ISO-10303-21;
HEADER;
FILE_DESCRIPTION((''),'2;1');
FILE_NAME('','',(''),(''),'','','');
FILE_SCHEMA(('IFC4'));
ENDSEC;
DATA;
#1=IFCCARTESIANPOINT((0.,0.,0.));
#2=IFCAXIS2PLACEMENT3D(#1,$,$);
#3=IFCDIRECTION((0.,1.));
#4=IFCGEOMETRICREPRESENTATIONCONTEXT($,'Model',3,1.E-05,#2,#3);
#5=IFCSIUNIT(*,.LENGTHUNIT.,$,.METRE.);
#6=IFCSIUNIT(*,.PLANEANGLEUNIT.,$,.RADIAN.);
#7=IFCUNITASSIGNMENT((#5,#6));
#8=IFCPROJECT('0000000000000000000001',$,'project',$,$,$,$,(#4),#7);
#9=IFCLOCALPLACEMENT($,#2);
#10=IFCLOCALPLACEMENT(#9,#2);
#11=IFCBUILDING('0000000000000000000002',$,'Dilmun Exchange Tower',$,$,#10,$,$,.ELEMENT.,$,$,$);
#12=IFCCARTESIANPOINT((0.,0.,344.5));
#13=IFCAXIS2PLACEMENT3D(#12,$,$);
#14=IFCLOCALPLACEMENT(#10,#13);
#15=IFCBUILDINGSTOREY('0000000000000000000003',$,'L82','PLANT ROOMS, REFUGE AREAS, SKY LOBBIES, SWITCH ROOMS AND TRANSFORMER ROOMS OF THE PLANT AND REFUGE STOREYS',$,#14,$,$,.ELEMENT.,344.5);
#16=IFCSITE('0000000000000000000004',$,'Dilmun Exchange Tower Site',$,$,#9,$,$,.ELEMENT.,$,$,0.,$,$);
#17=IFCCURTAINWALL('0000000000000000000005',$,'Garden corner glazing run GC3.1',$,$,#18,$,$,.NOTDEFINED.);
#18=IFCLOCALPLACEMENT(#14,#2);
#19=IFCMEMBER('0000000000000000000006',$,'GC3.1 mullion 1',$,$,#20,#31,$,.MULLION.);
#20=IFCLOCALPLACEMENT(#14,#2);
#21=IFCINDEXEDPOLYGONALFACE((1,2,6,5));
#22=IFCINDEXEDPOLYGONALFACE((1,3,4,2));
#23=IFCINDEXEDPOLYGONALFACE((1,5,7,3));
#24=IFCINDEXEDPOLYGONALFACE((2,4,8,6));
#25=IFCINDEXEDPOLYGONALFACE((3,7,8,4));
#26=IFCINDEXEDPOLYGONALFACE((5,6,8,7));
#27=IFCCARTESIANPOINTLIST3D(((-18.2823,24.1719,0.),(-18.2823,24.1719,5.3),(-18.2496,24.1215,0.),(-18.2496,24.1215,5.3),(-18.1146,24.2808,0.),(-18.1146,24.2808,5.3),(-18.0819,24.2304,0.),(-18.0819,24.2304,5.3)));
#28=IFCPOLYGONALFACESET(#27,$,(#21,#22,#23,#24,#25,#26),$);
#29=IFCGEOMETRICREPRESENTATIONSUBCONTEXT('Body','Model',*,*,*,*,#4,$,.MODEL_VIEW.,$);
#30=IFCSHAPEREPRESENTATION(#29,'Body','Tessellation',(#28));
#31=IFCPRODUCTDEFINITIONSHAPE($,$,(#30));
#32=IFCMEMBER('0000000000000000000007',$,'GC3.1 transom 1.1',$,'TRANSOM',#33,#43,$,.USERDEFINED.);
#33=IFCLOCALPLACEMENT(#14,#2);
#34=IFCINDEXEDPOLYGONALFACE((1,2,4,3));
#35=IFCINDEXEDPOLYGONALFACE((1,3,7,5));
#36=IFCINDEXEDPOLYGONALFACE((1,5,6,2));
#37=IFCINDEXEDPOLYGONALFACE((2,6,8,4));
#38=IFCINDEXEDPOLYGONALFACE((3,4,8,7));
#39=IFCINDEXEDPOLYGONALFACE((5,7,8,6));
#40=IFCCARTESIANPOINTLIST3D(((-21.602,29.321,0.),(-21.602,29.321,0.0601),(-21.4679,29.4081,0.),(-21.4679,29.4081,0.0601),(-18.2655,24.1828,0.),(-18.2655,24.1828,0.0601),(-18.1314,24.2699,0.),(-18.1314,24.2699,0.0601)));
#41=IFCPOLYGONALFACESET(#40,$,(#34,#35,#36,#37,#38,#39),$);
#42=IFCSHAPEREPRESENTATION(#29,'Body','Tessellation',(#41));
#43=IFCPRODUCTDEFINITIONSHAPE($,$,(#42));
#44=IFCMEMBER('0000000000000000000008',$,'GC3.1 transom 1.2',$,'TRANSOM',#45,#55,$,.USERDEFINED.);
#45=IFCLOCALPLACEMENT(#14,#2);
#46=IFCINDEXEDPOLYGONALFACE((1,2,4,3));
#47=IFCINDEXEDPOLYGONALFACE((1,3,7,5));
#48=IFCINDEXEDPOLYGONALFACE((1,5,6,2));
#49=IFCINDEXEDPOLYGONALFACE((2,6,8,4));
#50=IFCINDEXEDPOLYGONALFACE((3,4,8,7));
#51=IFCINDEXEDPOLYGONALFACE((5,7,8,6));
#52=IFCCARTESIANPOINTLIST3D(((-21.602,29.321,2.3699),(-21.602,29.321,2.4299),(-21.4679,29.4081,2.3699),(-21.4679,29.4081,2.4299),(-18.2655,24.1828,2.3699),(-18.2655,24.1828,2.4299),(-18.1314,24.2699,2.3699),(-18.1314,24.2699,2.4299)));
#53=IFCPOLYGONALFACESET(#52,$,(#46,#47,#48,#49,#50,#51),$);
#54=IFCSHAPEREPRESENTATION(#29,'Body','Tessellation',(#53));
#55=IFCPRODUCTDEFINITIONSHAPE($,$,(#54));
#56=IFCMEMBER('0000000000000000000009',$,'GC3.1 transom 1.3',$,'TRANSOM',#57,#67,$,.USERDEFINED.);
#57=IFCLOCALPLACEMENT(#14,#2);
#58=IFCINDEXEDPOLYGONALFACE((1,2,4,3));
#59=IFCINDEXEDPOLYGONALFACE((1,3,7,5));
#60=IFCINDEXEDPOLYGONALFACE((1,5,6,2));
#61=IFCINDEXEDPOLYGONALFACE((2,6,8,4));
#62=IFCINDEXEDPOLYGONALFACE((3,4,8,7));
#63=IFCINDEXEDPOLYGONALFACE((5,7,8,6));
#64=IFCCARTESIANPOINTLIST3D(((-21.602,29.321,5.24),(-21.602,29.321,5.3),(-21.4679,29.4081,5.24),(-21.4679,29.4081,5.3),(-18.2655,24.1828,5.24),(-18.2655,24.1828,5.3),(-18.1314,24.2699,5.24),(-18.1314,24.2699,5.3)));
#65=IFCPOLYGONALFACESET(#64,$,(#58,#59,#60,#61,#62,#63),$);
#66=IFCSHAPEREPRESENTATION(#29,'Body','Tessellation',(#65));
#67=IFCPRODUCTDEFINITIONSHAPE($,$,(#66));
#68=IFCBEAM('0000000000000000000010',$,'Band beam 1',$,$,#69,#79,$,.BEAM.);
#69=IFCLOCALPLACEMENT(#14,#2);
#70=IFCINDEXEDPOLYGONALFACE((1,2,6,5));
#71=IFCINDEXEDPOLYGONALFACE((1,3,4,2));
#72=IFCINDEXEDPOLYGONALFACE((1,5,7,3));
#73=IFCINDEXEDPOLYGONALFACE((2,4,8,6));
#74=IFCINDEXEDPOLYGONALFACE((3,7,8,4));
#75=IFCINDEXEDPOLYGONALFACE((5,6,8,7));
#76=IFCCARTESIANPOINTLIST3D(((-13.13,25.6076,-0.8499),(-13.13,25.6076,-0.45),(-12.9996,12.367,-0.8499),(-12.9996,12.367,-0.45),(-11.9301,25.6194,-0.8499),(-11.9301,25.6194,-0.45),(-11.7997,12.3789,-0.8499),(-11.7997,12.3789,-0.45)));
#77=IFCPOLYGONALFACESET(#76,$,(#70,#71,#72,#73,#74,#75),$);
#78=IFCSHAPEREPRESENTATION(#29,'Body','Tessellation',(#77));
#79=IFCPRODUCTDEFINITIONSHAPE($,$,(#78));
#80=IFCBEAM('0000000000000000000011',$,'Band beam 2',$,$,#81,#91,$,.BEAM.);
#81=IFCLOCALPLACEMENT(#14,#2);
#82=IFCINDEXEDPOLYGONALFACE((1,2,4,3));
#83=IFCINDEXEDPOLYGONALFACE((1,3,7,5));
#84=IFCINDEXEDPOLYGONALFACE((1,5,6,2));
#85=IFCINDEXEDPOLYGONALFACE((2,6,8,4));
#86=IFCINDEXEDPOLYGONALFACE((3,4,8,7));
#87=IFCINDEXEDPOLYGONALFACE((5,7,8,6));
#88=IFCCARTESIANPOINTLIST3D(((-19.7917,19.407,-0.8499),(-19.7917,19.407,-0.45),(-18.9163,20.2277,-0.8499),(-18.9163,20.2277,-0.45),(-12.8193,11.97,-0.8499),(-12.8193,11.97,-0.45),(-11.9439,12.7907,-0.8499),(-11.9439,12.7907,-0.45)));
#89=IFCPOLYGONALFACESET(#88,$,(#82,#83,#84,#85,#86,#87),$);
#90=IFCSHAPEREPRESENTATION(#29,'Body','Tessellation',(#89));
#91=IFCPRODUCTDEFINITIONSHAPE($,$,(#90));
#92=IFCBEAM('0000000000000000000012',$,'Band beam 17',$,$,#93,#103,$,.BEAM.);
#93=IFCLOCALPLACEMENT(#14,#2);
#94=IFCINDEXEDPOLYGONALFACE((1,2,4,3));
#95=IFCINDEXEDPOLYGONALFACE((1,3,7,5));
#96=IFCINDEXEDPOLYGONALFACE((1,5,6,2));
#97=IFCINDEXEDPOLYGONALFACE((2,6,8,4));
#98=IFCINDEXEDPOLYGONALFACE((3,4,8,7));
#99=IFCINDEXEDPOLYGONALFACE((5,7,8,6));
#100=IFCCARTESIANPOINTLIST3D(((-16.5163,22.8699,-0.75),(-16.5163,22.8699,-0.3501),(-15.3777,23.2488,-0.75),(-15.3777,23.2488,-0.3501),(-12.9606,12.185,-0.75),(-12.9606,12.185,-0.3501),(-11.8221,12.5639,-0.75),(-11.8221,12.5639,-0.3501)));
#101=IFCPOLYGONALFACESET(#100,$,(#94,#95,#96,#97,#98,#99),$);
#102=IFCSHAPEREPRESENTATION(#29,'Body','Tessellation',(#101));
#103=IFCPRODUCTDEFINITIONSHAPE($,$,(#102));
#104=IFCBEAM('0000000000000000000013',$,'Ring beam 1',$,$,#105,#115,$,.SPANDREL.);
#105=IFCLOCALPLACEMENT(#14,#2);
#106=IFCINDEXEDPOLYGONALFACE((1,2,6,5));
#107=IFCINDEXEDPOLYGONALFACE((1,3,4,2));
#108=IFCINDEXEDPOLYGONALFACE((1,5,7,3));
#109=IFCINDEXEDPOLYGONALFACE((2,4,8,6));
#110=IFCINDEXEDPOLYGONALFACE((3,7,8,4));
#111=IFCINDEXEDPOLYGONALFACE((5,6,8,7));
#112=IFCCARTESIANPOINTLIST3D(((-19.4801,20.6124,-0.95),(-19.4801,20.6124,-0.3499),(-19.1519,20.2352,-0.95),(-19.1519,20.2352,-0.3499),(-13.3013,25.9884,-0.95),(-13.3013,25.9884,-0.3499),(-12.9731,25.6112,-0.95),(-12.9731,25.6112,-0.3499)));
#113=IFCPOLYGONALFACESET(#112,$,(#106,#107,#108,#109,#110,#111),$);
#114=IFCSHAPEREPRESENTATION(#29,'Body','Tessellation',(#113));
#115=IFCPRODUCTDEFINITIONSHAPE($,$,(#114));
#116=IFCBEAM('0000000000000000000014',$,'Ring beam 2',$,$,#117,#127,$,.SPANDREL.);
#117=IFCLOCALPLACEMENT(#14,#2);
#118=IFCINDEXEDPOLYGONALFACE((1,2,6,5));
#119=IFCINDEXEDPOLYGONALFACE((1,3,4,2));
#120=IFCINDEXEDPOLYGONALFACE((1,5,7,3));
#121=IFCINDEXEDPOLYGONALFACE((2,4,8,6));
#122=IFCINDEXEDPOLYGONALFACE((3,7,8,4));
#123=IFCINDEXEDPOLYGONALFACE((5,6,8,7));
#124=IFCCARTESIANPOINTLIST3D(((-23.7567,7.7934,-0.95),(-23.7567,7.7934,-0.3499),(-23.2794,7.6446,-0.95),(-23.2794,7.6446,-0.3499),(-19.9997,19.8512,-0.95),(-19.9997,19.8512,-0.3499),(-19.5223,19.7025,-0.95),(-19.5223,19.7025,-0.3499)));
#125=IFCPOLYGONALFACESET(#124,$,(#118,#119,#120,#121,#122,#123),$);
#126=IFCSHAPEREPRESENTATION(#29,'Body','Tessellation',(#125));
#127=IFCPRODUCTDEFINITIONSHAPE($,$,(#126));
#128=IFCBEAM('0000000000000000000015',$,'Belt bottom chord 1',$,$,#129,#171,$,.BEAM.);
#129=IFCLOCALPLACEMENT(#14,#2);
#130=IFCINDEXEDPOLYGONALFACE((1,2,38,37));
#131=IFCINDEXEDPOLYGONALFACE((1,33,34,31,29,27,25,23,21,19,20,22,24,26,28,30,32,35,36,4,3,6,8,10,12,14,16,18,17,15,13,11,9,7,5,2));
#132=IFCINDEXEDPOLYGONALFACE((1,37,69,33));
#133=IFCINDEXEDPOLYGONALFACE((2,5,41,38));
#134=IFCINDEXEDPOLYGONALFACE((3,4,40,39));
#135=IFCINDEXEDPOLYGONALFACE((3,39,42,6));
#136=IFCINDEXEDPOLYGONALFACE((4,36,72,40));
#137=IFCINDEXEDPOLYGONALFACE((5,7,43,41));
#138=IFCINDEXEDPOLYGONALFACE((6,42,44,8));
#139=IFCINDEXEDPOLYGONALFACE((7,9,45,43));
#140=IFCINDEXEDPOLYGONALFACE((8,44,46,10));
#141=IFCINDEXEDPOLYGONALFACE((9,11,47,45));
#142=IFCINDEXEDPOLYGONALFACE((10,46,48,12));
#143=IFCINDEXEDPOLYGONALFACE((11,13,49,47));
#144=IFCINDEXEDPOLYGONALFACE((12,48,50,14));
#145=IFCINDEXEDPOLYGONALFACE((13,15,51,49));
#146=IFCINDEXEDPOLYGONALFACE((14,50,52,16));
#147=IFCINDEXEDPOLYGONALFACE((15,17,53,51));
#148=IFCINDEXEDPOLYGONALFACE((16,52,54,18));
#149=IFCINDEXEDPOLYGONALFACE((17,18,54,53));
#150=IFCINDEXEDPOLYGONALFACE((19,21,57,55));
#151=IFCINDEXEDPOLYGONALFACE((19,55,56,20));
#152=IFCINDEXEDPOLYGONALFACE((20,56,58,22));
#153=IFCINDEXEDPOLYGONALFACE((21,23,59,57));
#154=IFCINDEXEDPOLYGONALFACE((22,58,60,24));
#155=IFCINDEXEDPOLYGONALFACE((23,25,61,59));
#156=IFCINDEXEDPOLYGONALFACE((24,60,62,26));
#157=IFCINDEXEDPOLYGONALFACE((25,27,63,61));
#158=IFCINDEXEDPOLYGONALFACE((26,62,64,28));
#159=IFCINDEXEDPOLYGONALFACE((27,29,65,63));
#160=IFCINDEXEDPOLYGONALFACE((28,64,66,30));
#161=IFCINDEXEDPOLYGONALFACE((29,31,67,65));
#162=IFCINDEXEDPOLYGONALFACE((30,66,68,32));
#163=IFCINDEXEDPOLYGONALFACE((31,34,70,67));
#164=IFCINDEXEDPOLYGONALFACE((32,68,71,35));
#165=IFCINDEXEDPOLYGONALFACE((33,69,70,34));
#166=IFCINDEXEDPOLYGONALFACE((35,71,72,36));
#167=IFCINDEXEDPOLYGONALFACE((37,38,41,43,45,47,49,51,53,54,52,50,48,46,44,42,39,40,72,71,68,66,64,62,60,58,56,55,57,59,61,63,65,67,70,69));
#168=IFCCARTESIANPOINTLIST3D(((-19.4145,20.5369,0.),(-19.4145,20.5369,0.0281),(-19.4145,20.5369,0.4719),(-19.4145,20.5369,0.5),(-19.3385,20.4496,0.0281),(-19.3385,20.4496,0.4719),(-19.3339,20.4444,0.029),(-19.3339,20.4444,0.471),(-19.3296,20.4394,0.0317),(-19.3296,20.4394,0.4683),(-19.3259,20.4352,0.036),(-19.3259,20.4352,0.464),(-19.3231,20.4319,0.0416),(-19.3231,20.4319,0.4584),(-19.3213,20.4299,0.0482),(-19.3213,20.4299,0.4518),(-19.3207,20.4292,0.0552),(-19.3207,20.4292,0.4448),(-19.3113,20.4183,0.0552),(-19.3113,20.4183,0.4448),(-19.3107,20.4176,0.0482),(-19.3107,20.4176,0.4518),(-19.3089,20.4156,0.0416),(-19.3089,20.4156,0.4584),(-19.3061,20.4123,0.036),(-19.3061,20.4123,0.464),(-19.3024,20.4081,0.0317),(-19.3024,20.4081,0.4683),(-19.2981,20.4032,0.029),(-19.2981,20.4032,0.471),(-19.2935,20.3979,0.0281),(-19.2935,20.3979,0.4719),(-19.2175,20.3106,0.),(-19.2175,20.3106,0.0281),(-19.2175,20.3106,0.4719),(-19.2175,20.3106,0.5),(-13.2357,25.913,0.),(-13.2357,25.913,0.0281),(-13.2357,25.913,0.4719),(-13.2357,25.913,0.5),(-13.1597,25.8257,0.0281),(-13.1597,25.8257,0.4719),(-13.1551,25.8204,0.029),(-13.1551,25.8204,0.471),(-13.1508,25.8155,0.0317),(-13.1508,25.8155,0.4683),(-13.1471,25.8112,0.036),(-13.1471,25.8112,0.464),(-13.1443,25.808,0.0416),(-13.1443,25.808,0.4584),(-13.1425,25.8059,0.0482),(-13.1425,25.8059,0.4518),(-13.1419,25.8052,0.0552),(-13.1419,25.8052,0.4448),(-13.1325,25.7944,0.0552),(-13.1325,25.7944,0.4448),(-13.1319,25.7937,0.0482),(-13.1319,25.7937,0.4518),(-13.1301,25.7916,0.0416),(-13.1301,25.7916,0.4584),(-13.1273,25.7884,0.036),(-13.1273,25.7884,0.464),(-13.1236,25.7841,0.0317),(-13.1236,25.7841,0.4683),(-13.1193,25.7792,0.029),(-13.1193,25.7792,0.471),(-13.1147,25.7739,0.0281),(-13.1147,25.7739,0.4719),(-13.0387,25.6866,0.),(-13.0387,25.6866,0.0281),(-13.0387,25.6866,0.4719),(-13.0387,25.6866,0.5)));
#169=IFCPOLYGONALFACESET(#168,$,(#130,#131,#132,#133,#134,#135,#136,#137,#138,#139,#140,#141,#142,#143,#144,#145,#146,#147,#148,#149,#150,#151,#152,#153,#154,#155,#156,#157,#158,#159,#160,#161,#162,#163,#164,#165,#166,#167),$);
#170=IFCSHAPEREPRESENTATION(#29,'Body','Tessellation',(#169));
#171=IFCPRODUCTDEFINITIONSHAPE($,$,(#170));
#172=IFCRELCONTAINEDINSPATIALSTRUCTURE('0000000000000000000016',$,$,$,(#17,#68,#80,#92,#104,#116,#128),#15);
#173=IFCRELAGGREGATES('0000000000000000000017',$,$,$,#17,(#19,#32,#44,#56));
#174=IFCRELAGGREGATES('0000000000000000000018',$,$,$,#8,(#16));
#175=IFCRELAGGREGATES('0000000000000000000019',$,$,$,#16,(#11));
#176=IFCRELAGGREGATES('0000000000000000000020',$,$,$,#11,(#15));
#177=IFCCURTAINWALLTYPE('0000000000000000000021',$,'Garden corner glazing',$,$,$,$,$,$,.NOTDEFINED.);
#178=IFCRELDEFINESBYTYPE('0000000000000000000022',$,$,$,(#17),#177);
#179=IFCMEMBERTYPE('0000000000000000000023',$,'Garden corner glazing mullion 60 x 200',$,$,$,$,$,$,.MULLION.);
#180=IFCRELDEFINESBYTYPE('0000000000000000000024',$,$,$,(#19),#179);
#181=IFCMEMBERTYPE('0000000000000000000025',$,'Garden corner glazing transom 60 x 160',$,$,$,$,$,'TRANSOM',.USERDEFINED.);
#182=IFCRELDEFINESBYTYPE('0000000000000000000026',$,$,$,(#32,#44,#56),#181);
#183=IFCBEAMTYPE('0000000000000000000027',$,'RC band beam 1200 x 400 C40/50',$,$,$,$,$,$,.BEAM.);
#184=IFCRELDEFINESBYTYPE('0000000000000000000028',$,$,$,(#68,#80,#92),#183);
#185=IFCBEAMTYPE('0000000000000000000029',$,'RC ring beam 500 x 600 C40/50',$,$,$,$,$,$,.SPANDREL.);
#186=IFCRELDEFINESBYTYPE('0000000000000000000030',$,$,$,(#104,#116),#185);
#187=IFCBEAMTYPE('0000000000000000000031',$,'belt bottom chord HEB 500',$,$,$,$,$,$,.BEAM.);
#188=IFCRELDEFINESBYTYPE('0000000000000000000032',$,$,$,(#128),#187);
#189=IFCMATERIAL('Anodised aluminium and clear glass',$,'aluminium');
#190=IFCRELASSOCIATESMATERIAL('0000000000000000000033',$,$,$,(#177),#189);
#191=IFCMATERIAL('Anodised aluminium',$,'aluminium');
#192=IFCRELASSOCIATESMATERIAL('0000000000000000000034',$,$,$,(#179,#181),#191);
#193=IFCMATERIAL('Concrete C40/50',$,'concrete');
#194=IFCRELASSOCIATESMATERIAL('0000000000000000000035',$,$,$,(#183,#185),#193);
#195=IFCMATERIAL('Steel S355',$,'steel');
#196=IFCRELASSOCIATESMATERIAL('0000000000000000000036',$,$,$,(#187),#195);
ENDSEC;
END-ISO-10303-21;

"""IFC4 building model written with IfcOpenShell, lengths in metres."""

from ifc_helpers import new_model, si_unit, direction, frame, origin, origin_2d, place, context, subcontext, project, spatial, rectangle, i_section, extrude, material, material_profile, profile_set, type_object, element, aggregate, save


model = new_model("IFC4")

# Units and contexts
model_context = context("Model", 3, precision=1e-05, world=origin(), true_north=direction((0.0, 1.0)))
body_context = subcontext(model_context, "Body", "Model", "MODEL_VIEW")
ifc_project = project(units=[si_unit("LENGTHUNIT", "METRE"), si_unit("PLANEANGLEUNIT", "RADIAN")], contexts=[model_context])

# Site, building, storey
site_placement = place(None, origin())
site = spatial("IfcSite", under=ifc_project, at=site_placement, Name="Dilmun Exchange Tower Site", CompositionType="ELEMENT", RefElevation=0.0)
building_placement = place(site_placement, origin())
building = spatial("IfcBuilding", under=site, at=building_placement, Name="Dilmun Exchange Tower", CompositionType="ELEMENT")
storey_placement = place(building_placement, frame((0.0, 0.0, 344.5)))
storey = spatial("IfcBuildingStorey", under=building, at=storey_placement, Name="L82", Description="PLANT ROOMS, REFUGE AREAS, SKY LOBBIES, SWITCH ROOMS AND TRANSFORMER ROOMS OF THE PLANT AND REFUGE STOREYS", CompositionType="ELEMENT", Elevation=344.5)

# Curtain wall, members
ifc_material_1 = material(Name="Anodised aluminium and clear glass", Category="aluminium")
curtain_wall_type = type_object("IfcCurtainWallType", Name="Garden corner glazing", PredefinedType="NOTDEFINED", material=ifc_material_1)
curtain_wall_placement = place(storey_placement, origin())
curtain_wall = element("IfcCurtainWall", 1, at=curtain_wall_placement, inside=storey, type_object=curtain_wall_type, Name="Garden corner glazing run GC3.1", PredefinedType="NOTDEFINED")
ifc_material_2 = material(Name="Anodised aluminium", Category="aluminium")
ifc_material_profile_1 = material_profile(ifc_material_2, rectangle(XDim=0.2, YDim=0.0601, at=origin_2d()), Name="AL 60x200")
ifc_profile_set_1 = profile_set([ifc_material_profile_1], Name="Anodised aluminium")
member_type_1 = type_object("IfcMemberType", Name="Garden corner glazing mullion 60 x 200", PredefinedType="MULLION", material=ifc_profile_set_1)
member_1_placement = place(storey_placement, frame((-18.1821, 24.2012, 0.0), z_axis=(0.0, 0.0, 1.0), x_axis=(-0.838674, -0.544633, 0.0)))
member_1 = element("IfcMember", 2, at=member_1_placement, type_object=member_type_1, Name="GC3.1 mullion 1", PredefinedType="MULLION", context=body_context, shape_type="SweptSolid", body=[
    extrude(rectangle(XDim=0.2, YDim=0.0601, at=origin_2d()), origin(), (0.0, 0.0, 1.0), 5.3),
])
ifc_material_profile_2 = material_profile(ifc_material_2, rectangle(XDim=0.1599, YDim=0.0601, at=origin_2d()), Name="AL 60x160")
ifc_profile_set_2 = profile_set([ifc_material_profile_2], Name="Anodised aluminium")
member_type_2 = type_object("IfcMemberType", Name="Garden corner glazing transom 60 x 160", ElementType="TRANSOM", PredefinedType="USERDEFINED", material=ifc_profile_set_2)
member_2_placement = place(storey_placement, frame((-18.1985, 24.2263, 0.03), z_axis=(-0.544599, 0.838697, 0.0), x_axis=(-0.838697, -0.544599, 0.0)))
member_2 = element("IfcMember", 3, at=member_2_placement, type_object=member_type_2, Name="GC3.1 transom 1.1", ObjectType="TRANSOM", PredefinedType="USERDEFINED", context=body_context, shape_type="SweptSolid", body=[
    extrude(rectangle(XDim=0.1599, YDim=0.0601, at=origin_2d()), origin(), (0.0, 0.0, 1.0), 6.1265),
])
member_3_placement = place(storey_placement, frame((-18.1985, 24.2263, 2.3999), z_axis=(-0.544599, 0.838697, 0.0), x_axis=(-0.838697, -0.544599, 0.0)))
member_3 = element("IfcMember", 4, at=member_3_placement, type_object=member_type_2, Name="GC3.1 transom 1.2", ObjectType="TRANSOM", PredefinedType="USERDEFINED", context=body_context, shape_type="SweptSolid", body=[
    extrude(rectangle(XDim=0.1599, YDim=0.0601, at=origin_2d()), origin(), (0.0, 0.0, 1.0), 6.1265),
])
member_4_placement = place(storey_placement, frame((-18.1985, 24.2263, 5.27), z_axis=(-0.544599, 0.838697, 0.0), x_axis=(-0.838697, -0.544599, 0.0)))
member_4 = element("IfcMember", 5, at=member_4_placement, type_object=member_type_2, Name="GC3.1 transom 1.3", ObjectType="TRANSOM", PredefinedType="USERDEFINED", context=body_context, shape_type="SweptSolid", body=[
    extrude(rectangle(XDim=0.1599, YDim=0.0601, at=origin_2d()), origin(), (0.0, 0.0, 1.0), 6.1265),
])
aggregate(curtain_wall, [member_1, member_2, member_3, member_4])

# Beams
ifc_material_3 = material(Name="Concrete C40/50", Category="concrete")
ifc_material_profile_3 = material_profile(ifc_material_3, rectangle(XDim=1.2, YDim=0.3999, at=origin_2d()), Name="1200 x 400")
ifc_profile_set_3 = profile_set([ifc_material_profile_3], Name="Concrete C40/50")
beam_type_1 = type_object("IfcBeamType", Name="RC band beam 1200 x 400 C40/50", PredefinedType="BEAM", material=ifc_profile_set_3)
beam_1_placement = place(storey_placement, frame((-12.53, 25.6135, -0.6499), z_axis=(0.009846, -0.999952, 0.0), x_axis=(0.999952, 0.009846, 0.0)))
element("IfcBeam", 6, at=beam_1_placement, inside=storey, type_object=beam_type_1, Name="Band beam 1", PredefinedType="BEAM", context=body_context, shape_type="SweptSolid", body=[
    extrude(rectangle(XDim=1.2, YDim=0.3999, at=origin_2d()), origin(), (0.0, 0.0, 1.0), 13.2412),
])
beam_2_placement = place(storey_placement, frame((-19.354, 19.8174, -0.6499), z_axis=(0.683952, -0.729527, 0.0), x_axis=(0.729527, 0.683952, 0.0)))
element("IfcBeam", 7, at=beam_2_placement, inside=storey, type_object=beam_type_1, Name="Band beam 2", PredefinedType="BEAM", context=body_context, shape_type="SweptSolid", body=[
    extrude(rectangle(XDim=1.2, YDim=0.3999, at=origin_2d()), origin(), (0.0, 0.0, 1.0), 10.1943),
])
beam_3_placement = place(storey_placement, frame((-15.947, 23.0593, -0.55), z_axis=(0.315753, -0.948841, 0.0), x_axis=(0.948841, 0.315753, 0.0)))
element("IfcBeam", 8, at=beam_3_placement, inside=storey, type_object=beam_type_1, Name="Band beam 17", PredefinedType="BEAM", context=body_context, shape_type="SweptSolid", body=[
    extrude(rectangle(XDim=1.2, YDim=0.3999, at=origin_2d()), origin(), (0.0, 0.0, 1.0), 11.261),
])
ifc_material_profile_4 = material_profile(ifc_material_3, rectangle(XDim=0.5, YDim=0.6001, at=origin_2d()), Name="500 x 600")
ifc_profile_set_4 = profile_set([ifc_material_profile_4], Name="Concrete C40/50")
beam_type_2 = type_object("IfcBeamType", Name="RC ring beam 500 x 600 C40/50", PredefinedType="SPANDREL", material=ifc_profile_set_4)
beam_4_placement = place(storey_placement, frame((-13.1372, 25.7998, -0.6499), z_axis=(-0.754413, -0.6564, 0.0), x_axis=(0.6564, -0.754413, 0.0)))
element("IfcBeam", 9, at=beam_4_placement, inside=storey, type_object=beam_type_2, Name="Ring beam 1", PredefinedType="SPANDREL", context=body_context, shape_type="SweptSolid", body=[
    extrude(rectangle(XDim=0.5, YDim=0.6001, at=origin_2d()), origin(), (0.0, 0.0, 1.0), 8.1902),
])
beam_5_placement = place(storey_placement, frame((-19.761, 19.7769, -0.6499), z_axis=(-0.297481, -0.954728, 0.0), x_axis=(0.954728, -0.297481, 0.0)))
element("IfcBeam", 10, at=beam_5_placement, inside=storey, type_object=beam_type_2, Name="Ring beam 2", PredefinedType="SPANDREL", context=body_context, shape_type="SweptSolid", body=[
    extrude(rectangle(XDim=0.5, YDim=0.6001, at=origin_2d()), origin(), (0.0, 0.0, 1.0), 12.6296),
])
ifc_material_4 = material(Name="Steel S355", Category="steel")
ifc_material_profile_5 = material_profile(ifc_material_4, i_section(OverallWidth=0.3, OverallDepth=0.5, WebThickness=0.0144, FlangeThickness=0.0281, FilletRadius=0.0271, at=origin_2d()), Name="HEB 500")
ifc_profile_set_5 = profile_set([ifc_material_profile_5], Name="Steel S355")
beam_type_3 = type_object("IfcBeamType", Name="belt bottom chord HEB 500", PredefinedType="BEAM", material=ifc_profile_set_5)
beam_6_placement = place(storey_placement, frame((-13.1372, 25.7998, 0.25), z_axis=(-0.754413, -0.6564, 0.0), x_axis=(0.6564, -0.754413, 0.0)))
element("IfcBeam", 11, at=beam_6_placement, inside=storey, type_object=beam_type_3, Name="Belt bottom chord 1", PredefinedType="BEAM", context=body_context, shape_type="SweptSolid", body=[
    extrude(i_section(OverallWidth=0.3, OverallDepth=0.5, WebThickness=0.0144, FlangeThickness=0.0281, FilletRadius=0.0271, at=origin_2d()), origin(), (0.0, 0.0, 1.0), 8.1902),
])

save(model, "model.ifc")
